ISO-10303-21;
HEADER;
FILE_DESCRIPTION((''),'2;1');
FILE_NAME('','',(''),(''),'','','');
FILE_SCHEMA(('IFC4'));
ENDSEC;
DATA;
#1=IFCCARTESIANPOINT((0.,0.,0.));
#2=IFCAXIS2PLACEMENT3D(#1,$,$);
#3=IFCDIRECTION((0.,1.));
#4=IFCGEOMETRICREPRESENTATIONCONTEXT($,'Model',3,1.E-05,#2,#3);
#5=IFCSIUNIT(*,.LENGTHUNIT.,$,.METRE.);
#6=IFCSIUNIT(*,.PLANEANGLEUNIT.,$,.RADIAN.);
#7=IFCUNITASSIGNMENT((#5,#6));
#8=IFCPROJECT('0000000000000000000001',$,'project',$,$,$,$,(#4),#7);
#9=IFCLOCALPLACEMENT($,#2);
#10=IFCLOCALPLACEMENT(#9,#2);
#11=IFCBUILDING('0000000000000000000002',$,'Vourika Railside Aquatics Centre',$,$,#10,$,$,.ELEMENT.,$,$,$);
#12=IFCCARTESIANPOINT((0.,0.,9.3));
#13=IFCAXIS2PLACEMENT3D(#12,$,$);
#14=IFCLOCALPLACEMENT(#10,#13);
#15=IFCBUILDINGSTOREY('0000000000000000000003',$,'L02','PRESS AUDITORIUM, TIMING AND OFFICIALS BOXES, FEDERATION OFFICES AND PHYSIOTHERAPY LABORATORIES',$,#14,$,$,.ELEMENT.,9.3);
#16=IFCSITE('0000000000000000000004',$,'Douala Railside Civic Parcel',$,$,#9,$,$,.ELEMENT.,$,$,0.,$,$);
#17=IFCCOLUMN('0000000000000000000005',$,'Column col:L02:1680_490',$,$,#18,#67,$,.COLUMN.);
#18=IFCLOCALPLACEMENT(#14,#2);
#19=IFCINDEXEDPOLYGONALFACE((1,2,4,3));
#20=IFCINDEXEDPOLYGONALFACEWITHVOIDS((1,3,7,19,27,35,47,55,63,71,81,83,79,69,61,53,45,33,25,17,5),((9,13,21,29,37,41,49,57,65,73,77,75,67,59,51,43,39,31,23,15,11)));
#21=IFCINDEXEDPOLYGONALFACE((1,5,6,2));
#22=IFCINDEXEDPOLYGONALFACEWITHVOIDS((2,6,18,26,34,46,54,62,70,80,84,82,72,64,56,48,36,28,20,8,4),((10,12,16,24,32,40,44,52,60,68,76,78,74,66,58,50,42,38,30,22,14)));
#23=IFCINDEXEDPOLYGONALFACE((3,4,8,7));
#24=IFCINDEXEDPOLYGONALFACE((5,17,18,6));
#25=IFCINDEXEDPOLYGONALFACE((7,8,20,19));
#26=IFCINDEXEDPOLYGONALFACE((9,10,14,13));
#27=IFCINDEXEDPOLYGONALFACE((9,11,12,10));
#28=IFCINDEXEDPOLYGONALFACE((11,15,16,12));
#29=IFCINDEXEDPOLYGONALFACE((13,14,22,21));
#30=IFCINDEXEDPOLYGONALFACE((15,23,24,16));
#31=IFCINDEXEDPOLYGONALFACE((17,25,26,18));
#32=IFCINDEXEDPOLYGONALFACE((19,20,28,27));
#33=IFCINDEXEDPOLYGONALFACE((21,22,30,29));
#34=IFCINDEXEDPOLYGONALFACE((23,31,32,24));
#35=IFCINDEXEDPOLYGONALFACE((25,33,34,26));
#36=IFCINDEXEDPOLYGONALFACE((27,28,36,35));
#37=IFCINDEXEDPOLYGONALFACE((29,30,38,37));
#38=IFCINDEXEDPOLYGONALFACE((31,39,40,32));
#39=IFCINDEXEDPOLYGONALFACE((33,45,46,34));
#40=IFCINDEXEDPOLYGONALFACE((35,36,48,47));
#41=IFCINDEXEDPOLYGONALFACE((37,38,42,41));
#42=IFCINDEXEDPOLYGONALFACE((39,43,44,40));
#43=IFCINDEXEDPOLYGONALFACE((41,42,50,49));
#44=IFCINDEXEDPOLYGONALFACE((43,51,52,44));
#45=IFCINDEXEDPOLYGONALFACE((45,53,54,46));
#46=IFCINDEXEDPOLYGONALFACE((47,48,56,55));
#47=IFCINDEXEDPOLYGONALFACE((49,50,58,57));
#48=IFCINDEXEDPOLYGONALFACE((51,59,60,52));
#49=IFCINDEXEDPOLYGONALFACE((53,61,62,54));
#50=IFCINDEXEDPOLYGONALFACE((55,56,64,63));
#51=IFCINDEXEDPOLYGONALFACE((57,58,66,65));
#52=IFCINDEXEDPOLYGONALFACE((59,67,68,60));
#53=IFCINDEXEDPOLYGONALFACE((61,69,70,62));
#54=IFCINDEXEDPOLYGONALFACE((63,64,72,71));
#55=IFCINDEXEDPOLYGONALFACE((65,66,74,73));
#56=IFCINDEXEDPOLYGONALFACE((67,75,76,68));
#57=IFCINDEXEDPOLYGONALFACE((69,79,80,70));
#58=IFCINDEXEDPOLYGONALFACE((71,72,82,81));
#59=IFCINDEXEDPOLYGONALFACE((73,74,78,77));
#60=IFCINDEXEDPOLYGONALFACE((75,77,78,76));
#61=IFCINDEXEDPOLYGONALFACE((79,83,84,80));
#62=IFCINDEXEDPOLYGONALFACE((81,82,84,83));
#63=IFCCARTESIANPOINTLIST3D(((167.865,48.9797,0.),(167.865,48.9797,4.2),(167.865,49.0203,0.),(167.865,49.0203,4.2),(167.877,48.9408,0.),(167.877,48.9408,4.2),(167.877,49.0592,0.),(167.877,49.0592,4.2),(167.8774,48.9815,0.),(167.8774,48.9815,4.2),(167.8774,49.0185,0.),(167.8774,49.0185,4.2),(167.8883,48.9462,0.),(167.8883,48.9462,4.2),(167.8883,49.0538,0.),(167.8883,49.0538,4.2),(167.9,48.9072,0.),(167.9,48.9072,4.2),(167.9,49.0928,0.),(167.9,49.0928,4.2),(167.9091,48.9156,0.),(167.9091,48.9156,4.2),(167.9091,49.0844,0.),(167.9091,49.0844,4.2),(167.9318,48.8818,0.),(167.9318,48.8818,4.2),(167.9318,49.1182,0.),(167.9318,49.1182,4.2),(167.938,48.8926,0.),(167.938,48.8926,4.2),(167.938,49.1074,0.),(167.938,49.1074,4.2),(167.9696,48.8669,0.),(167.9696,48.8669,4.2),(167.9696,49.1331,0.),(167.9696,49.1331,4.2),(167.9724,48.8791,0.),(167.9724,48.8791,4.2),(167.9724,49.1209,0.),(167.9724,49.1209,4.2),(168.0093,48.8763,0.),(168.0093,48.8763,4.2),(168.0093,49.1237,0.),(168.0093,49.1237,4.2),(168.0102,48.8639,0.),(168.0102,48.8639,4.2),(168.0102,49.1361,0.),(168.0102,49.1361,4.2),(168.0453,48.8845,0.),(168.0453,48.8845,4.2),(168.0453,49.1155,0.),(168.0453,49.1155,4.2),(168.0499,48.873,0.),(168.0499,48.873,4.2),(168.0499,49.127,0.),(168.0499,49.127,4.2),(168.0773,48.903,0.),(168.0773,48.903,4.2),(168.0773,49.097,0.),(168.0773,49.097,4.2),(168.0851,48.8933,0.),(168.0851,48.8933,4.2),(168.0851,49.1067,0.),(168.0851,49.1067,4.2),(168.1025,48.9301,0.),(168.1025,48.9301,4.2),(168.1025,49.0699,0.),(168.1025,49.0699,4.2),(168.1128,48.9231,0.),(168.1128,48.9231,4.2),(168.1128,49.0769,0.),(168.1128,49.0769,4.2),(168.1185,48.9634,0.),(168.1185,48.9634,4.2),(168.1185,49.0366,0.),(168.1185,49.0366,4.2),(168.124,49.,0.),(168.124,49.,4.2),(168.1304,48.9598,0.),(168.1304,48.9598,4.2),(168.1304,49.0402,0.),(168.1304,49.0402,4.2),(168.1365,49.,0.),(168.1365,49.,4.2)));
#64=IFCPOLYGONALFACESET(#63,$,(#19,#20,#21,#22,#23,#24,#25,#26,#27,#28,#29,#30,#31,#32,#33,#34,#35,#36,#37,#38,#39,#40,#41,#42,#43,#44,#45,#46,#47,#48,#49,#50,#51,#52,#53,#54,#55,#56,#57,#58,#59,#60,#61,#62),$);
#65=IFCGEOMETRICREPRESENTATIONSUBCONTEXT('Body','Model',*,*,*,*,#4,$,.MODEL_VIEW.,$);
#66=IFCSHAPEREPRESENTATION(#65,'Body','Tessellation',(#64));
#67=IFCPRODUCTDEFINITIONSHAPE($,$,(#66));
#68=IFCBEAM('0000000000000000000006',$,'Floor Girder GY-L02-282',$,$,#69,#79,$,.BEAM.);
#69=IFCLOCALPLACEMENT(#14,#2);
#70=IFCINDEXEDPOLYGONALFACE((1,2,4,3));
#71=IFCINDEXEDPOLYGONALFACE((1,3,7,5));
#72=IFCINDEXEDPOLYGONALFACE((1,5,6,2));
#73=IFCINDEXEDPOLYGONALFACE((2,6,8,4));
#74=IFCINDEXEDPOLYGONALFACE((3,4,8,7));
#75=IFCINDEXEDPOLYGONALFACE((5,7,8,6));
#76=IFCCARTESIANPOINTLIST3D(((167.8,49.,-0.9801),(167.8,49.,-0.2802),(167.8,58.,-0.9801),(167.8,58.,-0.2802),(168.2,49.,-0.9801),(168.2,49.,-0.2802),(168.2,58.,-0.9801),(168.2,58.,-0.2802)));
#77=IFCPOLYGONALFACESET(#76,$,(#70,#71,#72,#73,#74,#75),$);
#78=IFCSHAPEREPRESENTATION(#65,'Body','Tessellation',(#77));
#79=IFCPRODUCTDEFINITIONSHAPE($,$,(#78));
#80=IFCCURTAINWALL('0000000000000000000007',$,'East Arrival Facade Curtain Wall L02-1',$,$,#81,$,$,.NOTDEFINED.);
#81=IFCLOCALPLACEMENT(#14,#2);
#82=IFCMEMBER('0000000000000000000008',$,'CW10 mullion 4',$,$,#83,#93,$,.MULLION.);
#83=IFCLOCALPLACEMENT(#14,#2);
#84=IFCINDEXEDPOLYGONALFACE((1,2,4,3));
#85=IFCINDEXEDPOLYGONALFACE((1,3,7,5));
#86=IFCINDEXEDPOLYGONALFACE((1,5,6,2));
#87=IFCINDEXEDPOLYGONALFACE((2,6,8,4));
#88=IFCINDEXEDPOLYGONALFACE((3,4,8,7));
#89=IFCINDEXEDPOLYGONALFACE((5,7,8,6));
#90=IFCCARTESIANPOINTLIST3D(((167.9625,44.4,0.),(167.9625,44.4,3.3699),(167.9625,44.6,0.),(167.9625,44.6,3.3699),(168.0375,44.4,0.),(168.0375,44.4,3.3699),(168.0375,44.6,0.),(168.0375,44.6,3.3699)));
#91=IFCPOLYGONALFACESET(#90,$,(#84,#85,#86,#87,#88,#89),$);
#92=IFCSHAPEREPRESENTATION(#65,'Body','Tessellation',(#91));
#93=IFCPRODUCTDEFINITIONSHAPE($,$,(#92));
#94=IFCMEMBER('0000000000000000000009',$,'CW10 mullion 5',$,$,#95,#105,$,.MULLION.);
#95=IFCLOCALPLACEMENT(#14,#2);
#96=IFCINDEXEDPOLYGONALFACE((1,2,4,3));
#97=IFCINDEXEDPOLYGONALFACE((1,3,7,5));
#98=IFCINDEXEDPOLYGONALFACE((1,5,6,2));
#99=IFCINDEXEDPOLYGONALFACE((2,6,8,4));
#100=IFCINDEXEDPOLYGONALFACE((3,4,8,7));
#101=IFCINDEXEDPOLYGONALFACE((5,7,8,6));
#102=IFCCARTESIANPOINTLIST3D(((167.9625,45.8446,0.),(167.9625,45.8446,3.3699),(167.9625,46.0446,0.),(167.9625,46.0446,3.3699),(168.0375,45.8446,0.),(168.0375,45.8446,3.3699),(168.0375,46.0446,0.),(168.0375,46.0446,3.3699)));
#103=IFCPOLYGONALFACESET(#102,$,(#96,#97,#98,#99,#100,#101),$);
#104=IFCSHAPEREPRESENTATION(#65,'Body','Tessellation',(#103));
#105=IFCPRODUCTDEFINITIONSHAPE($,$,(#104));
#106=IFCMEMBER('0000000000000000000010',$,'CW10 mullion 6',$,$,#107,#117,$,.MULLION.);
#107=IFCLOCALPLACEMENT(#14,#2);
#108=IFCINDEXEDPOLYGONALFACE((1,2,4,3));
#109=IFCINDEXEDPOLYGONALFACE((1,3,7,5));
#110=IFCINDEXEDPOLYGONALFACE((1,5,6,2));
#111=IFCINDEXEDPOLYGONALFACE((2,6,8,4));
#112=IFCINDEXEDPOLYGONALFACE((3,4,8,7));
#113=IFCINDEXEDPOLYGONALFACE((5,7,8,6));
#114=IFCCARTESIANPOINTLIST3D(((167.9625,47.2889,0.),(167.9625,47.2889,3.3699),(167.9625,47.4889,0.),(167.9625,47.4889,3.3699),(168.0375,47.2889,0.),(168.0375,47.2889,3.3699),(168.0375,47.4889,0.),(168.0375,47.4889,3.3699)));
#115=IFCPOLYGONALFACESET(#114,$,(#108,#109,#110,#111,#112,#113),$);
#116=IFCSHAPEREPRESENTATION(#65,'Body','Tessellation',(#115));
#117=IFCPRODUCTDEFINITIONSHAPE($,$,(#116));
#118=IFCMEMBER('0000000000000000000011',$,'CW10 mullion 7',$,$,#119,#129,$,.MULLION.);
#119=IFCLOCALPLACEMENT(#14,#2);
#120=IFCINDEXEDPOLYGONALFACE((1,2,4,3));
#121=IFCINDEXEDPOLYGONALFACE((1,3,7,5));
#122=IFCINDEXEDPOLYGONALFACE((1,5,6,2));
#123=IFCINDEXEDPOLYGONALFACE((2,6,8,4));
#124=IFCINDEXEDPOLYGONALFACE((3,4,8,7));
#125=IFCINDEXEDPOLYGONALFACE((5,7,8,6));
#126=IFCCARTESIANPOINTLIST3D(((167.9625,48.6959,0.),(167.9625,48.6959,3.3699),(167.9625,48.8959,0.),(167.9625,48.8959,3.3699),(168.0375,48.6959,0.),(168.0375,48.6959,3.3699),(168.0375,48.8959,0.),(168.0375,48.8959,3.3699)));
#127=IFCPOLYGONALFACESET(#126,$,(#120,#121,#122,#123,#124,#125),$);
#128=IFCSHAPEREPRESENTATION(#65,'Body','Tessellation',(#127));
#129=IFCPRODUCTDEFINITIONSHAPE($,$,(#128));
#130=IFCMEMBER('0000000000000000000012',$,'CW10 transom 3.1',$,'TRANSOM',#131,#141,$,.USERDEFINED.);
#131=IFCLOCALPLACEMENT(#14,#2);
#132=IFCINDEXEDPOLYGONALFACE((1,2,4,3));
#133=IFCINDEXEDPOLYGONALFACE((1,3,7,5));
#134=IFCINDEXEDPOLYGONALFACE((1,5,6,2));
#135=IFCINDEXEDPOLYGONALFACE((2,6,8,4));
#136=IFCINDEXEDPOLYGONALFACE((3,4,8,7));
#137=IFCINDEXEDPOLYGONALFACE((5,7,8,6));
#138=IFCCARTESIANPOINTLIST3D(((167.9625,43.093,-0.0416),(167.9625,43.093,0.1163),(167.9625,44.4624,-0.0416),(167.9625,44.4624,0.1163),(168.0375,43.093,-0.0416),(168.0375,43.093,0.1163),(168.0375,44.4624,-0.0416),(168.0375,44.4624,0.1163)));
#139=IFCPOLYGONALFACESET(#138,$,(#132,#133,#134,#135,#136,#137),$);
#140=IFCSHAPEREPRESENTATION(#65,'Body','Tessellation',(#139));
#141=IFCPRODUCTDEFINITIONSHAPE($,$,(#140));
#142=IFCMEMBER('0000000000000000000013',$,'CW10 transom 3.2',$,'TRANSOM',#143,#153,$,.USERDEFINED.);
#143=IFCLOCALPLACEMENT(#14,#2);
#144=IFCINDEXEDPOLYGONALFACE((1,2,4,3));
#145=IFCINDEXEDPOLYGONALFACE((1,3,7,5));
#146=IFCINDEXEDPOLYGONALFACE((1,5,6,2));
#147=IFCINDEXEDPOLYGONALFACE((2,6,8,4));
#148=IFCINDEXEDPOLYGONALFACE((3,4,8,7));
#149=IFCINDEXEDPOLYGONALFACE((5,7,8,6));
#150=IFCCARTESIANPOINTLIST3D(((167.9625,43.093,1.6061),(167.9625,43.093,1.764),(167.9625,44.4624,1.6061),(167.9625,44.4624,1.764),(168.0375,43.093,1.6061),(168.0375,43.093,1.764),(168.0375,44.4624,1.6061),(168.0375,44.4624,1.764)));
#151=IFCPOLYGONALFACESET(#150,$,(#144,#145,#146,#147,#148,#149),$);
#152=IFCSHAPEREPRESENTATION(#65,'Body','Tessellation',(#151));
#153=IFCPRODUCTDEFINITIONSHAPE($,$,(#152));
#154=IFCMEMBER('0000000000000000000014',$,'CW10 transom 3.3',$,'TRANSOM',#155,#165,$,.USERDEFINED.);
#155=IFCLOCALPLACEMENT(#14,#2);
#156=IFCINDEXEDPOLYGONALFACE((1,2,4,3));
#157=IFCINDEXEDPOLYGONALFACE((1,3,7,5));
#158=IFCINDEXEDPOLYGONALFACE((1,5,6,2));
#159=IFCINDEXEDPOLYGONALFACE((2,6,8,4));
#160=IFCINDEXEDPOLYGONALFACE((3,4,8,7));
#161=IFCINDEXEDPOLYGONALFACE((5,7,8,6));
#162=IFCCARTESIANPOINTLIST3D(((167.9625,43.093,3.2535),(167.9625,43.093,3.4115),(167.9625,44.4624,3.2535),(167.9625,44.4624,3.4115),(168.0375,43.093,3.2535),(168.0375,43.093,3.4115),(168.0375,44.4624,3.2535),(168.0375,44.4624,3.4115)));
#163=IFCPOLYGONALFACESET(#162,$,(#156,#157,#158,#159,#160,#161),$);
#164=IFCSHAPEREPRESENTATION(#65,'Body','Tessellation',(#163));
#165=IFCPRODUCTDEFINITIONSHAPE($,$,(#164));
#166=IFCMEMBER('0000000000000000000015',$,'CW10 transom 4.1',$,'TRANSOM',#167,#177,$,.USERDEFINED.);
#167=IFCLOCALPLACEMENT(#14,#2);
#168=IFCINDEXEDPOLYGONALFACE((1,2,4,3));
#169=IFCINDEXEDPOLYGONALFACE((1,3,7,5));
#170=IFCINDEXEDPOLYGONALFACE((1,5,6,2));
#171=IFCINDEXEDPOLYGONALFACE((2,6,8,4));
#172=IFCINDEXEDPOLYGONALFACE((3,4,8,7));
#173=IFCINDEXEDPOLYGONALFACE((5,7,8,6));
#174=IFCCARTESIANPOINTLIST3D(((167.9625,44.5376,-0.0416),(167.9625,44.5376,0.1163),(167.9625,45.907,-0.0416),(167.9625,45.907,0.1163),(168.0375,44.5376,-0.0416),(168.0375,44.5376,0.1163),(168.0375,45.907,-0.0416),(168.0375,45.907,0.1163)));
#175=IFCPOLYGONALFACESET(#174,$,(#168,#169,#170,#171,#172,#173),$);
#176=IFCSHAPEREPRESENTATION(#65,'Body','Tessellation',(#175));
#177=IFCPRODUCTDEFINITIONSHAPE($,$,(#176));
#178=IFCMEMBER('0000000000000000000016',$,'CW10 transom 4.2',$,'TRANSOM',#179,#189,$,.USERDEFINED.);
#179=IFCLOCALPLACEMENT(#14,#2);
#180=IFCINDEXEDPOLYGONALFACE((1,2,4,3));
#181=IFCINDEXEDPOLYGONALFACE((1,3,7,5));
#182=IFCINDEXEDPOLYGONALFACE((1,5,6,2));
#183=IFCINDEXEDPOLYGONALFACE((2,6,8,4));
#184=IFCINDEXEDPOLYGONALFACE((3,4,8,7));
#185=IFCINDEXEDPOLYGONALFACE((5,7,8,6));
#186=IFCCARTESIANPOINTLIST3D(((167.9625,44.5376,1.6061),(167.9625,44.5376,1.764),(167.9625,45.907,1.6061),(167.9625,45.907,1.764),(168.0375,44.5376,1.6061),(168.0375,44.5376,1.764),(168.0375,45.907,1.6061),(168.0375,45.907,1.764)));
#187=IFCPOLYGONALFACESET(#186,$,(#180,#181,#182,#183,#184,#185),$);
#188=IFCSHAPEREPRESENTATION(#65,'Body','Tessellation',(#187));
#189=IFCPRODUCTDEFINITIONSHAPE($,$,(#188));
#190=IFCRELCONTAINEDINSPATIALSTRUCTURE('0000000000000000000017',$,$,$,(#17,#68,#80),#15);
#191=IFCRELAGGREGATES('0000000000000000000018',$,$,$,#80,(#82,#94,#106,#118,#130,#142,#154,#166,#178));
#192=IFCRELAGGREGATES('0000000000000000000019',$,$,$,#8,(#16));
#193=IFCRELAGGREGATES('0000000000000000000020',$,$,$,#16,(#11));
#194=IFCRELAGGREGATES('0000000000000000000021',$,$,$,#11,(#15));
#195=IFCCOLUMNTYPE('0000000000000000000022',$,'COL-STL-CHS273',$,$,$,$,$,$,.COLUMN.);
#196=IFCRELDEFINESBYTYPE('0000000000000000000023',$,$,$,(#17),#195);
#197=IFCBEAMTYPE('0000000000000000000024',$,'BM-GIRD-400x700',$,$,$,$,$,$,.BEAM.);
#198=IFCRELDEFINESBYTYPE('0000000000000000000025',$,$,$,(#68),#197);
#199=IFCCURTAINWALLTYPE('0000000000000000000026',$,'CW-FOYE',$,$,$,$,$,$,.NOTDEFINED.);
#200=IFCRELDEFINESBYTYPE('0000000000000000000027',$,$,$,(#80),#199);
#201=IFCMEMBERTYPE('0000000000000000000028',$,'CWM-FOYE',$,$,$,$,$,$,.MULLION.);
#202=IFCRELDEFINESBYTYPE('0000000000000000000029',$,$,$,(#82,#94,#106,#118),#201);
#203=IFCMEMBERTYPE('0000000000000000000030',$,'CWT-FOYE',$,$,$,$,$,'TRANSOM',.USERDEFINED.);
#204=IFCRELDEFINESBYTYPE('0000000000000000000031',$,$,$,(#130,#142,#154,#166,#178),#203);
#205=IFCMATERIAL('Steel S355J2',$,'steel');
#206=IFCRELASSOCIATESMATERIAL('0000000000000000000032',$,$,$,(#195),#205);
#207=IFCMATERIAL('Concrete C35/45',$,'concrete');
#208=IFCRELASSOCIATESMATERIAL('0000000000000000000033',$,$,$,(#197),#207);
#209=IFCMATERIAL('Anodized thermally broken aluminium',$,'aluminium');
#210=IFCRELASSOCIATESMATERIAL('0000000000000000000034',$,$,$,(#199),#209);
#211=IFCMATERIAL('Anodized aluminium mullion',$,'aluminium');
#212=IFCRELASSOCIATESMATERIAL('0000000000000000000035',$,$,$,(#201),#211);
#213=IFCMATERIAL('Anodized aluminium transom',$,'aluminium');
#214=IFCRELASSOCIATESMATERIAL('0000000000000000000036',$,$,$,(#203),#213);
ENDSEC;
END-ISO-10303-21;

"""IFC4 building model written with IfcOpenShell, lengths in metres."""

from ifc_helpers import new_model, si_unit, direction, frame, origin, origin_2d, place, context, subcontext, project, spatial, rectangle, hollow_circle, extrude, material, material_profile, profile_set, type_object, element, aggregate, save


model = new_model("IFC4")

# Units and contexts
model_context = context("Model", 3, precision=1e-05, world=origin(), true_north=direction((0.0, 1.0)))
body_context = subcontext(model_context, "Body", "Model", "MODEL_VIEW")
ifc_project = project(units=[si_unit("LENGTHUNIT", "METRE"), si_unit("PLANEANGLEUNIT", "RADIAN")], contexts=[model_context])

# Site, building, storey
site_placement = place(None, origin())
site = spatial("IfcSite", under=ifc_project, at=site_placement, Name="Douala Railside Civic Parcel", CompositionType="ELEMENT", RefElevation=0.0)
building_placement = place(site_placement, origin())
building = spatial("IfcBuilding", under=site, at=building_placement, Name="Vourika Railside Aquatics Centre", CompositionType="ELEMENT")
storey_placement = place(building_placement, frame((0.0, 0.0, 9.3)))
storey = spatial("IfcBuildingStorey", under=building, at=storey_placement, Name="L02", Description="PRESS AUDITORIUM, TIMING AND OFFICIALS BOXES, FEDERATION OFFICES AND PHYSIOTHERAPY LABORATORIES", CompositionType="ELEMENT", Elevation=9.3)

# Column
ifc_material_1 = material(Name="Steel S355J2", Category="steel")
ifc_material_profile_1 = material_profile(ifc_material_1, hollow_circle(Radius=0.1365, WallThickness=0.0125, at=origin_2d()), Name="CHS 273x12.5")
ifc_profile_set_1 = profile_set([ifc_material_profile_1], Name="Steel S355J2")
column_type = type_object("IfcColumnType", Name="COL-STL-CHS273", PredefinedType="COLUMN", material=ifc_profile_set_1)
column_placement = place(storey_placement, frame((168.0, 49.0, 0.0), z_axis=(0.0, 0.0, 1.0), x_axis=(1.0, 0.0, 0.0)))
element("IfcColumn", 1, at=column_placement, inside=storey, type_object=column_type, Name="Column col:L02:1680_490", PredefinedType="COLUMN", context=body_context, shape_type="SweptSolid", body=[
    extrude(hollow_circle(Radius=0.1365, WallThickness=0.0125, at=origin_2d()), origin(), (0.0, 0.0, 1.0), 4.2),
])

# Beam
ifc_material_2 = material(Name="Concrete C35/45", Category="concrete")
ifc_material_profile_2 = material_profile(ifc_material_2, rectangle(XDim=0.3999, YDim=0.7, at=origin_2d()), Name="RC 400x700")
ifc_profile_set_2 = profile_set([ifc_material_profile_2], Name="Concrete C35/45")
beam_type = type_object("IfcBeamType", Name="BM-GIRD-400x700", PredefinedType="BEAM", material=ifc_profile_set_2)
beam_placement = place(storey_placement, frame((168.0, 49.0, -0.6301), z_axis=(0.0, 1.0, 0.0), x_axis=(-1.0, 0.0, 0.0)))
element("IfcBeam", 2, at=beam_placement, inside=storey, type_object=beam_type, Name="Floor Girder GY-L02-282", PredefinedType="BEAM", context=body_context, shape_type="SweptSolid", body=[
    extrude(rectangle(XDim=0.3999, YDim=0.7, at=origin_2d()), origin(), (0.0, 0.0, 1.0), 9.0),
])

# Curtain wall, members
ifc_material_3 = material(Name="Anodized thermally broken aluminium", Category="aluminium")
curtain_wall_type = type_object("IfcCurtainWallType", Name="CW-FOYE", PredefinedType="NOTDEFINED", material=ifc_material_3)
curtain_wall_placement = place(storey_placement, origin())
curtain_wall = element("IfcCurtainWall", 3, at=curtain_wall_placement, inside=storey, type_object=curtain_wall_type, Name="East Arrival Facade Curtain Wall L02-1", PredefinedType="NOTDEFINED")
ifc_material_4 = material(Name="Anodized aluminium mullion", Category="aluminium")
ifc_material_profile_3 = material_profile(ifc_material_4, rectangle(XDim=0.075, YDim=0.2, at=origin_2d()), Name="ALU-M 75x200")
ifc_profile_set_3 = profile_set([ifc_material_profile_3], Name="Anodized aluminium mullion")
member_type_1 = type_object("IfcMemberType", Name="CWM-FOYE", PredefinedType="MULLION", material=ifc_profile_set_3)
member_1_placement = place(storey_placement, frame((168.0, 44.5, 0.0), z_axis=(0.0, 0.0, 1.0), x_axis=(-1.0, 0.0, 0.0)))
member_1 = element("IfcMember", 4, at=member_1_placement, type_object=member_type_1, Name="CW10 mullion 4", PredefinedType="MULLION", context=body_context, shape_type="SweptSolid", body=[
    extrude(rectangle(XDim=0.075, YDim=0.2, at=origin_2d()), origin(), (0.0, 0.0, 1.0), 3.3699),
])
member_2_placement = place(storey_placement, frame((168.0, 45.9446, 0.0), z_axis=(0.0, 0.0, 1.0), x_axis=(-1.0, 0.0, 0.0)))
member_2 = element("IfcMember", 5, at=member_2_placement, type_object=member_type_1, Name="CW10 mullion 5", PredefinedType="MULLION", context=body_context, shape_type="SweptSolid", body=[
    extrude(rectangle(XDim=0.075, YDim=0.2, at=origin_2d()), origin(), (0.0, 0.0, 1.0), 3.3699),
])
member_3_placement = place(storey_placement, frame((168.0, 47.3889, 0.0), z_axis=(0.0, 0.0, 1.0), x_axis=(-1.0, 0.0, 0.0)))
member_3 = element("IfcMember", 6, at=member_3_placement, type_object=member_type_1, Name="CW10 mullion 6", PredefinedType="MULLION", context=body_context, shape_type="SweptSolid", body=[
    extrude(rectangle(XDim=0.075, YDim=0.2, at=origin_2d()), origin(), (0.0, 0.0, 1.0), 3.3699),
])
member_4_placement = place(storey_placement, frame((168.0, 48.7959, 0.0), z_axis=(0.0, 0.0, 1.0), x_axis=(-1.0, 0.0, 0.0)))
member_4 = element("IfcMember", 7, at=member_4_placement, type_object=member_type_1, Name="CW10 mullion 7", PredefinedType="MULLION", context=body_context, shape_type="SweptSolid", body=[
    extrude(rectangle(XDim=0.075, YDim=0.2, at=origin_2d()), origin(), (0.0, 0.0, 1.0), 3.3699),
])
ifc_material_5 = material(Name="Anodized aluminium transom", Category="aluminium")
ifc_material_profile_4 = material_profile(ifc_material_5, rectangle(XDim=0.075, YDim=0.158, at=origin_2d()), Name="ALU-T 75x158")
ifc_profile_set_4 = profile_set([ifc_material_profile_4], Name="Anodized aluminium transom")
member_type_2 = type_object("IfcMemberType", Name="CWT-FOYE", ElementType="TRANSOM", PredefinedType="USERDEFINED", material=ifc_profile_set_4)
member_5_placement = place(storey_placement, frame((168.0, 43.093, 0.0374), z_axis=(0.0, 1.0, 0.0), x_axis=(-1.0, 0.0, 0.0)))
member_5 = element("IfcMember", 8, at=member_5_placement, type_object=member_type_2, Name="CW10 transom 3.1", ObjectType="TRANSOM", PredefinedType="USERDEFINED", context=body_context, shape_type="SweptSolid", body=[
    extrude(rectangle(XDim=0.075, YDim=0.158, at=origin_2d()), origin(), (0.0, 0.0, 1.0), 1.3694),
])
member_6_placement = place(storey_placement, frame((168.0, 43.093, 1.6851), z_axis=(0.0, 1.0, 0.0), x_axis=(-1.0, 0.0, 0.0)))
member_6 = element("IfcMember", 9, at=member_6_placement, type_object=member_type_2, Name="CW10 transom 3.2", ObjectType="TRANSOM", PredefinedType="USERDEFINED", context=body_context, shape_type="SweptSolid", body=[
    extrude(rectangle(XDim=0.075, YDim=0.158, at=origin_2d()), origin(), (0.0, 0.0, 1.0), 1.3694),
])
member_7_placement = place(storey_placement, frame((168.0, 43.093, 3.3325), z_axis=(0.0, 1.0, 0.0), x_axis=(-1.0, 0.0, 0.0)))
member_7 = element("IfcMember", 10, at=member_7_placement, type_object=member_type_2, Name="CW10 transom 3.3", ObjectType="TRANSOM", PredefinedType="USERDEFINED", context=body_context, shape_type="SweptSolid", body=[
    extrude(rectangle(XDim=0.075, YDim=0.158, at=origin_2d()), origin(), (0.0, 0.0, 1.0), 1.3694),
])
member_8_placement = place(storey_placement, frame((168.0, 44.5376, 0.0374), z_axis=(0.0, 1.0, 0.0), x_axis=(-1.0, 0.0, 0.0)))
member_8 = element("IfcMember", 11, at=member_8_placement, type_object=member_type_2, Name="CW10 transom 4.1", ObjectType="TRANSOM", PredefinedType="USERDEFINED", context=body_context, shape_type="SweptSolid", body=[
    extrude(rectangle(XDim=0.075, YDim=0.158, at=origin_2d()), origin(), (0.0, 0.0, 1.0), 1.3694),
])
member_9_placement = place(storey_placement, frame((168.0, 44.5376, 1.6851), z_axis=(0.0, 1.0, 0.0), x_axis=(-1.0, 0.0, 0.0)))
member_9 = element("IfcMember", 12, at=member_9_placement, type_object=member_type_2, Name="CW10 transom 4.2", ObjectType="TRANSOM", PredefinedType="USERDEFINED", context=body_context, shape_type="SweptSolid", body=[
    extrude(rectangle(XDim=0.075, YDim=0.158, at=origin_2d()), origin(), (0.0, 0.0, 1.0), 1.3694),
])
aggregate(curtain_wall, [member_1, member_2, member_3, member_4, member_5, member_6, member_7, member_8, member_9])

save(model, "model.ifc")
